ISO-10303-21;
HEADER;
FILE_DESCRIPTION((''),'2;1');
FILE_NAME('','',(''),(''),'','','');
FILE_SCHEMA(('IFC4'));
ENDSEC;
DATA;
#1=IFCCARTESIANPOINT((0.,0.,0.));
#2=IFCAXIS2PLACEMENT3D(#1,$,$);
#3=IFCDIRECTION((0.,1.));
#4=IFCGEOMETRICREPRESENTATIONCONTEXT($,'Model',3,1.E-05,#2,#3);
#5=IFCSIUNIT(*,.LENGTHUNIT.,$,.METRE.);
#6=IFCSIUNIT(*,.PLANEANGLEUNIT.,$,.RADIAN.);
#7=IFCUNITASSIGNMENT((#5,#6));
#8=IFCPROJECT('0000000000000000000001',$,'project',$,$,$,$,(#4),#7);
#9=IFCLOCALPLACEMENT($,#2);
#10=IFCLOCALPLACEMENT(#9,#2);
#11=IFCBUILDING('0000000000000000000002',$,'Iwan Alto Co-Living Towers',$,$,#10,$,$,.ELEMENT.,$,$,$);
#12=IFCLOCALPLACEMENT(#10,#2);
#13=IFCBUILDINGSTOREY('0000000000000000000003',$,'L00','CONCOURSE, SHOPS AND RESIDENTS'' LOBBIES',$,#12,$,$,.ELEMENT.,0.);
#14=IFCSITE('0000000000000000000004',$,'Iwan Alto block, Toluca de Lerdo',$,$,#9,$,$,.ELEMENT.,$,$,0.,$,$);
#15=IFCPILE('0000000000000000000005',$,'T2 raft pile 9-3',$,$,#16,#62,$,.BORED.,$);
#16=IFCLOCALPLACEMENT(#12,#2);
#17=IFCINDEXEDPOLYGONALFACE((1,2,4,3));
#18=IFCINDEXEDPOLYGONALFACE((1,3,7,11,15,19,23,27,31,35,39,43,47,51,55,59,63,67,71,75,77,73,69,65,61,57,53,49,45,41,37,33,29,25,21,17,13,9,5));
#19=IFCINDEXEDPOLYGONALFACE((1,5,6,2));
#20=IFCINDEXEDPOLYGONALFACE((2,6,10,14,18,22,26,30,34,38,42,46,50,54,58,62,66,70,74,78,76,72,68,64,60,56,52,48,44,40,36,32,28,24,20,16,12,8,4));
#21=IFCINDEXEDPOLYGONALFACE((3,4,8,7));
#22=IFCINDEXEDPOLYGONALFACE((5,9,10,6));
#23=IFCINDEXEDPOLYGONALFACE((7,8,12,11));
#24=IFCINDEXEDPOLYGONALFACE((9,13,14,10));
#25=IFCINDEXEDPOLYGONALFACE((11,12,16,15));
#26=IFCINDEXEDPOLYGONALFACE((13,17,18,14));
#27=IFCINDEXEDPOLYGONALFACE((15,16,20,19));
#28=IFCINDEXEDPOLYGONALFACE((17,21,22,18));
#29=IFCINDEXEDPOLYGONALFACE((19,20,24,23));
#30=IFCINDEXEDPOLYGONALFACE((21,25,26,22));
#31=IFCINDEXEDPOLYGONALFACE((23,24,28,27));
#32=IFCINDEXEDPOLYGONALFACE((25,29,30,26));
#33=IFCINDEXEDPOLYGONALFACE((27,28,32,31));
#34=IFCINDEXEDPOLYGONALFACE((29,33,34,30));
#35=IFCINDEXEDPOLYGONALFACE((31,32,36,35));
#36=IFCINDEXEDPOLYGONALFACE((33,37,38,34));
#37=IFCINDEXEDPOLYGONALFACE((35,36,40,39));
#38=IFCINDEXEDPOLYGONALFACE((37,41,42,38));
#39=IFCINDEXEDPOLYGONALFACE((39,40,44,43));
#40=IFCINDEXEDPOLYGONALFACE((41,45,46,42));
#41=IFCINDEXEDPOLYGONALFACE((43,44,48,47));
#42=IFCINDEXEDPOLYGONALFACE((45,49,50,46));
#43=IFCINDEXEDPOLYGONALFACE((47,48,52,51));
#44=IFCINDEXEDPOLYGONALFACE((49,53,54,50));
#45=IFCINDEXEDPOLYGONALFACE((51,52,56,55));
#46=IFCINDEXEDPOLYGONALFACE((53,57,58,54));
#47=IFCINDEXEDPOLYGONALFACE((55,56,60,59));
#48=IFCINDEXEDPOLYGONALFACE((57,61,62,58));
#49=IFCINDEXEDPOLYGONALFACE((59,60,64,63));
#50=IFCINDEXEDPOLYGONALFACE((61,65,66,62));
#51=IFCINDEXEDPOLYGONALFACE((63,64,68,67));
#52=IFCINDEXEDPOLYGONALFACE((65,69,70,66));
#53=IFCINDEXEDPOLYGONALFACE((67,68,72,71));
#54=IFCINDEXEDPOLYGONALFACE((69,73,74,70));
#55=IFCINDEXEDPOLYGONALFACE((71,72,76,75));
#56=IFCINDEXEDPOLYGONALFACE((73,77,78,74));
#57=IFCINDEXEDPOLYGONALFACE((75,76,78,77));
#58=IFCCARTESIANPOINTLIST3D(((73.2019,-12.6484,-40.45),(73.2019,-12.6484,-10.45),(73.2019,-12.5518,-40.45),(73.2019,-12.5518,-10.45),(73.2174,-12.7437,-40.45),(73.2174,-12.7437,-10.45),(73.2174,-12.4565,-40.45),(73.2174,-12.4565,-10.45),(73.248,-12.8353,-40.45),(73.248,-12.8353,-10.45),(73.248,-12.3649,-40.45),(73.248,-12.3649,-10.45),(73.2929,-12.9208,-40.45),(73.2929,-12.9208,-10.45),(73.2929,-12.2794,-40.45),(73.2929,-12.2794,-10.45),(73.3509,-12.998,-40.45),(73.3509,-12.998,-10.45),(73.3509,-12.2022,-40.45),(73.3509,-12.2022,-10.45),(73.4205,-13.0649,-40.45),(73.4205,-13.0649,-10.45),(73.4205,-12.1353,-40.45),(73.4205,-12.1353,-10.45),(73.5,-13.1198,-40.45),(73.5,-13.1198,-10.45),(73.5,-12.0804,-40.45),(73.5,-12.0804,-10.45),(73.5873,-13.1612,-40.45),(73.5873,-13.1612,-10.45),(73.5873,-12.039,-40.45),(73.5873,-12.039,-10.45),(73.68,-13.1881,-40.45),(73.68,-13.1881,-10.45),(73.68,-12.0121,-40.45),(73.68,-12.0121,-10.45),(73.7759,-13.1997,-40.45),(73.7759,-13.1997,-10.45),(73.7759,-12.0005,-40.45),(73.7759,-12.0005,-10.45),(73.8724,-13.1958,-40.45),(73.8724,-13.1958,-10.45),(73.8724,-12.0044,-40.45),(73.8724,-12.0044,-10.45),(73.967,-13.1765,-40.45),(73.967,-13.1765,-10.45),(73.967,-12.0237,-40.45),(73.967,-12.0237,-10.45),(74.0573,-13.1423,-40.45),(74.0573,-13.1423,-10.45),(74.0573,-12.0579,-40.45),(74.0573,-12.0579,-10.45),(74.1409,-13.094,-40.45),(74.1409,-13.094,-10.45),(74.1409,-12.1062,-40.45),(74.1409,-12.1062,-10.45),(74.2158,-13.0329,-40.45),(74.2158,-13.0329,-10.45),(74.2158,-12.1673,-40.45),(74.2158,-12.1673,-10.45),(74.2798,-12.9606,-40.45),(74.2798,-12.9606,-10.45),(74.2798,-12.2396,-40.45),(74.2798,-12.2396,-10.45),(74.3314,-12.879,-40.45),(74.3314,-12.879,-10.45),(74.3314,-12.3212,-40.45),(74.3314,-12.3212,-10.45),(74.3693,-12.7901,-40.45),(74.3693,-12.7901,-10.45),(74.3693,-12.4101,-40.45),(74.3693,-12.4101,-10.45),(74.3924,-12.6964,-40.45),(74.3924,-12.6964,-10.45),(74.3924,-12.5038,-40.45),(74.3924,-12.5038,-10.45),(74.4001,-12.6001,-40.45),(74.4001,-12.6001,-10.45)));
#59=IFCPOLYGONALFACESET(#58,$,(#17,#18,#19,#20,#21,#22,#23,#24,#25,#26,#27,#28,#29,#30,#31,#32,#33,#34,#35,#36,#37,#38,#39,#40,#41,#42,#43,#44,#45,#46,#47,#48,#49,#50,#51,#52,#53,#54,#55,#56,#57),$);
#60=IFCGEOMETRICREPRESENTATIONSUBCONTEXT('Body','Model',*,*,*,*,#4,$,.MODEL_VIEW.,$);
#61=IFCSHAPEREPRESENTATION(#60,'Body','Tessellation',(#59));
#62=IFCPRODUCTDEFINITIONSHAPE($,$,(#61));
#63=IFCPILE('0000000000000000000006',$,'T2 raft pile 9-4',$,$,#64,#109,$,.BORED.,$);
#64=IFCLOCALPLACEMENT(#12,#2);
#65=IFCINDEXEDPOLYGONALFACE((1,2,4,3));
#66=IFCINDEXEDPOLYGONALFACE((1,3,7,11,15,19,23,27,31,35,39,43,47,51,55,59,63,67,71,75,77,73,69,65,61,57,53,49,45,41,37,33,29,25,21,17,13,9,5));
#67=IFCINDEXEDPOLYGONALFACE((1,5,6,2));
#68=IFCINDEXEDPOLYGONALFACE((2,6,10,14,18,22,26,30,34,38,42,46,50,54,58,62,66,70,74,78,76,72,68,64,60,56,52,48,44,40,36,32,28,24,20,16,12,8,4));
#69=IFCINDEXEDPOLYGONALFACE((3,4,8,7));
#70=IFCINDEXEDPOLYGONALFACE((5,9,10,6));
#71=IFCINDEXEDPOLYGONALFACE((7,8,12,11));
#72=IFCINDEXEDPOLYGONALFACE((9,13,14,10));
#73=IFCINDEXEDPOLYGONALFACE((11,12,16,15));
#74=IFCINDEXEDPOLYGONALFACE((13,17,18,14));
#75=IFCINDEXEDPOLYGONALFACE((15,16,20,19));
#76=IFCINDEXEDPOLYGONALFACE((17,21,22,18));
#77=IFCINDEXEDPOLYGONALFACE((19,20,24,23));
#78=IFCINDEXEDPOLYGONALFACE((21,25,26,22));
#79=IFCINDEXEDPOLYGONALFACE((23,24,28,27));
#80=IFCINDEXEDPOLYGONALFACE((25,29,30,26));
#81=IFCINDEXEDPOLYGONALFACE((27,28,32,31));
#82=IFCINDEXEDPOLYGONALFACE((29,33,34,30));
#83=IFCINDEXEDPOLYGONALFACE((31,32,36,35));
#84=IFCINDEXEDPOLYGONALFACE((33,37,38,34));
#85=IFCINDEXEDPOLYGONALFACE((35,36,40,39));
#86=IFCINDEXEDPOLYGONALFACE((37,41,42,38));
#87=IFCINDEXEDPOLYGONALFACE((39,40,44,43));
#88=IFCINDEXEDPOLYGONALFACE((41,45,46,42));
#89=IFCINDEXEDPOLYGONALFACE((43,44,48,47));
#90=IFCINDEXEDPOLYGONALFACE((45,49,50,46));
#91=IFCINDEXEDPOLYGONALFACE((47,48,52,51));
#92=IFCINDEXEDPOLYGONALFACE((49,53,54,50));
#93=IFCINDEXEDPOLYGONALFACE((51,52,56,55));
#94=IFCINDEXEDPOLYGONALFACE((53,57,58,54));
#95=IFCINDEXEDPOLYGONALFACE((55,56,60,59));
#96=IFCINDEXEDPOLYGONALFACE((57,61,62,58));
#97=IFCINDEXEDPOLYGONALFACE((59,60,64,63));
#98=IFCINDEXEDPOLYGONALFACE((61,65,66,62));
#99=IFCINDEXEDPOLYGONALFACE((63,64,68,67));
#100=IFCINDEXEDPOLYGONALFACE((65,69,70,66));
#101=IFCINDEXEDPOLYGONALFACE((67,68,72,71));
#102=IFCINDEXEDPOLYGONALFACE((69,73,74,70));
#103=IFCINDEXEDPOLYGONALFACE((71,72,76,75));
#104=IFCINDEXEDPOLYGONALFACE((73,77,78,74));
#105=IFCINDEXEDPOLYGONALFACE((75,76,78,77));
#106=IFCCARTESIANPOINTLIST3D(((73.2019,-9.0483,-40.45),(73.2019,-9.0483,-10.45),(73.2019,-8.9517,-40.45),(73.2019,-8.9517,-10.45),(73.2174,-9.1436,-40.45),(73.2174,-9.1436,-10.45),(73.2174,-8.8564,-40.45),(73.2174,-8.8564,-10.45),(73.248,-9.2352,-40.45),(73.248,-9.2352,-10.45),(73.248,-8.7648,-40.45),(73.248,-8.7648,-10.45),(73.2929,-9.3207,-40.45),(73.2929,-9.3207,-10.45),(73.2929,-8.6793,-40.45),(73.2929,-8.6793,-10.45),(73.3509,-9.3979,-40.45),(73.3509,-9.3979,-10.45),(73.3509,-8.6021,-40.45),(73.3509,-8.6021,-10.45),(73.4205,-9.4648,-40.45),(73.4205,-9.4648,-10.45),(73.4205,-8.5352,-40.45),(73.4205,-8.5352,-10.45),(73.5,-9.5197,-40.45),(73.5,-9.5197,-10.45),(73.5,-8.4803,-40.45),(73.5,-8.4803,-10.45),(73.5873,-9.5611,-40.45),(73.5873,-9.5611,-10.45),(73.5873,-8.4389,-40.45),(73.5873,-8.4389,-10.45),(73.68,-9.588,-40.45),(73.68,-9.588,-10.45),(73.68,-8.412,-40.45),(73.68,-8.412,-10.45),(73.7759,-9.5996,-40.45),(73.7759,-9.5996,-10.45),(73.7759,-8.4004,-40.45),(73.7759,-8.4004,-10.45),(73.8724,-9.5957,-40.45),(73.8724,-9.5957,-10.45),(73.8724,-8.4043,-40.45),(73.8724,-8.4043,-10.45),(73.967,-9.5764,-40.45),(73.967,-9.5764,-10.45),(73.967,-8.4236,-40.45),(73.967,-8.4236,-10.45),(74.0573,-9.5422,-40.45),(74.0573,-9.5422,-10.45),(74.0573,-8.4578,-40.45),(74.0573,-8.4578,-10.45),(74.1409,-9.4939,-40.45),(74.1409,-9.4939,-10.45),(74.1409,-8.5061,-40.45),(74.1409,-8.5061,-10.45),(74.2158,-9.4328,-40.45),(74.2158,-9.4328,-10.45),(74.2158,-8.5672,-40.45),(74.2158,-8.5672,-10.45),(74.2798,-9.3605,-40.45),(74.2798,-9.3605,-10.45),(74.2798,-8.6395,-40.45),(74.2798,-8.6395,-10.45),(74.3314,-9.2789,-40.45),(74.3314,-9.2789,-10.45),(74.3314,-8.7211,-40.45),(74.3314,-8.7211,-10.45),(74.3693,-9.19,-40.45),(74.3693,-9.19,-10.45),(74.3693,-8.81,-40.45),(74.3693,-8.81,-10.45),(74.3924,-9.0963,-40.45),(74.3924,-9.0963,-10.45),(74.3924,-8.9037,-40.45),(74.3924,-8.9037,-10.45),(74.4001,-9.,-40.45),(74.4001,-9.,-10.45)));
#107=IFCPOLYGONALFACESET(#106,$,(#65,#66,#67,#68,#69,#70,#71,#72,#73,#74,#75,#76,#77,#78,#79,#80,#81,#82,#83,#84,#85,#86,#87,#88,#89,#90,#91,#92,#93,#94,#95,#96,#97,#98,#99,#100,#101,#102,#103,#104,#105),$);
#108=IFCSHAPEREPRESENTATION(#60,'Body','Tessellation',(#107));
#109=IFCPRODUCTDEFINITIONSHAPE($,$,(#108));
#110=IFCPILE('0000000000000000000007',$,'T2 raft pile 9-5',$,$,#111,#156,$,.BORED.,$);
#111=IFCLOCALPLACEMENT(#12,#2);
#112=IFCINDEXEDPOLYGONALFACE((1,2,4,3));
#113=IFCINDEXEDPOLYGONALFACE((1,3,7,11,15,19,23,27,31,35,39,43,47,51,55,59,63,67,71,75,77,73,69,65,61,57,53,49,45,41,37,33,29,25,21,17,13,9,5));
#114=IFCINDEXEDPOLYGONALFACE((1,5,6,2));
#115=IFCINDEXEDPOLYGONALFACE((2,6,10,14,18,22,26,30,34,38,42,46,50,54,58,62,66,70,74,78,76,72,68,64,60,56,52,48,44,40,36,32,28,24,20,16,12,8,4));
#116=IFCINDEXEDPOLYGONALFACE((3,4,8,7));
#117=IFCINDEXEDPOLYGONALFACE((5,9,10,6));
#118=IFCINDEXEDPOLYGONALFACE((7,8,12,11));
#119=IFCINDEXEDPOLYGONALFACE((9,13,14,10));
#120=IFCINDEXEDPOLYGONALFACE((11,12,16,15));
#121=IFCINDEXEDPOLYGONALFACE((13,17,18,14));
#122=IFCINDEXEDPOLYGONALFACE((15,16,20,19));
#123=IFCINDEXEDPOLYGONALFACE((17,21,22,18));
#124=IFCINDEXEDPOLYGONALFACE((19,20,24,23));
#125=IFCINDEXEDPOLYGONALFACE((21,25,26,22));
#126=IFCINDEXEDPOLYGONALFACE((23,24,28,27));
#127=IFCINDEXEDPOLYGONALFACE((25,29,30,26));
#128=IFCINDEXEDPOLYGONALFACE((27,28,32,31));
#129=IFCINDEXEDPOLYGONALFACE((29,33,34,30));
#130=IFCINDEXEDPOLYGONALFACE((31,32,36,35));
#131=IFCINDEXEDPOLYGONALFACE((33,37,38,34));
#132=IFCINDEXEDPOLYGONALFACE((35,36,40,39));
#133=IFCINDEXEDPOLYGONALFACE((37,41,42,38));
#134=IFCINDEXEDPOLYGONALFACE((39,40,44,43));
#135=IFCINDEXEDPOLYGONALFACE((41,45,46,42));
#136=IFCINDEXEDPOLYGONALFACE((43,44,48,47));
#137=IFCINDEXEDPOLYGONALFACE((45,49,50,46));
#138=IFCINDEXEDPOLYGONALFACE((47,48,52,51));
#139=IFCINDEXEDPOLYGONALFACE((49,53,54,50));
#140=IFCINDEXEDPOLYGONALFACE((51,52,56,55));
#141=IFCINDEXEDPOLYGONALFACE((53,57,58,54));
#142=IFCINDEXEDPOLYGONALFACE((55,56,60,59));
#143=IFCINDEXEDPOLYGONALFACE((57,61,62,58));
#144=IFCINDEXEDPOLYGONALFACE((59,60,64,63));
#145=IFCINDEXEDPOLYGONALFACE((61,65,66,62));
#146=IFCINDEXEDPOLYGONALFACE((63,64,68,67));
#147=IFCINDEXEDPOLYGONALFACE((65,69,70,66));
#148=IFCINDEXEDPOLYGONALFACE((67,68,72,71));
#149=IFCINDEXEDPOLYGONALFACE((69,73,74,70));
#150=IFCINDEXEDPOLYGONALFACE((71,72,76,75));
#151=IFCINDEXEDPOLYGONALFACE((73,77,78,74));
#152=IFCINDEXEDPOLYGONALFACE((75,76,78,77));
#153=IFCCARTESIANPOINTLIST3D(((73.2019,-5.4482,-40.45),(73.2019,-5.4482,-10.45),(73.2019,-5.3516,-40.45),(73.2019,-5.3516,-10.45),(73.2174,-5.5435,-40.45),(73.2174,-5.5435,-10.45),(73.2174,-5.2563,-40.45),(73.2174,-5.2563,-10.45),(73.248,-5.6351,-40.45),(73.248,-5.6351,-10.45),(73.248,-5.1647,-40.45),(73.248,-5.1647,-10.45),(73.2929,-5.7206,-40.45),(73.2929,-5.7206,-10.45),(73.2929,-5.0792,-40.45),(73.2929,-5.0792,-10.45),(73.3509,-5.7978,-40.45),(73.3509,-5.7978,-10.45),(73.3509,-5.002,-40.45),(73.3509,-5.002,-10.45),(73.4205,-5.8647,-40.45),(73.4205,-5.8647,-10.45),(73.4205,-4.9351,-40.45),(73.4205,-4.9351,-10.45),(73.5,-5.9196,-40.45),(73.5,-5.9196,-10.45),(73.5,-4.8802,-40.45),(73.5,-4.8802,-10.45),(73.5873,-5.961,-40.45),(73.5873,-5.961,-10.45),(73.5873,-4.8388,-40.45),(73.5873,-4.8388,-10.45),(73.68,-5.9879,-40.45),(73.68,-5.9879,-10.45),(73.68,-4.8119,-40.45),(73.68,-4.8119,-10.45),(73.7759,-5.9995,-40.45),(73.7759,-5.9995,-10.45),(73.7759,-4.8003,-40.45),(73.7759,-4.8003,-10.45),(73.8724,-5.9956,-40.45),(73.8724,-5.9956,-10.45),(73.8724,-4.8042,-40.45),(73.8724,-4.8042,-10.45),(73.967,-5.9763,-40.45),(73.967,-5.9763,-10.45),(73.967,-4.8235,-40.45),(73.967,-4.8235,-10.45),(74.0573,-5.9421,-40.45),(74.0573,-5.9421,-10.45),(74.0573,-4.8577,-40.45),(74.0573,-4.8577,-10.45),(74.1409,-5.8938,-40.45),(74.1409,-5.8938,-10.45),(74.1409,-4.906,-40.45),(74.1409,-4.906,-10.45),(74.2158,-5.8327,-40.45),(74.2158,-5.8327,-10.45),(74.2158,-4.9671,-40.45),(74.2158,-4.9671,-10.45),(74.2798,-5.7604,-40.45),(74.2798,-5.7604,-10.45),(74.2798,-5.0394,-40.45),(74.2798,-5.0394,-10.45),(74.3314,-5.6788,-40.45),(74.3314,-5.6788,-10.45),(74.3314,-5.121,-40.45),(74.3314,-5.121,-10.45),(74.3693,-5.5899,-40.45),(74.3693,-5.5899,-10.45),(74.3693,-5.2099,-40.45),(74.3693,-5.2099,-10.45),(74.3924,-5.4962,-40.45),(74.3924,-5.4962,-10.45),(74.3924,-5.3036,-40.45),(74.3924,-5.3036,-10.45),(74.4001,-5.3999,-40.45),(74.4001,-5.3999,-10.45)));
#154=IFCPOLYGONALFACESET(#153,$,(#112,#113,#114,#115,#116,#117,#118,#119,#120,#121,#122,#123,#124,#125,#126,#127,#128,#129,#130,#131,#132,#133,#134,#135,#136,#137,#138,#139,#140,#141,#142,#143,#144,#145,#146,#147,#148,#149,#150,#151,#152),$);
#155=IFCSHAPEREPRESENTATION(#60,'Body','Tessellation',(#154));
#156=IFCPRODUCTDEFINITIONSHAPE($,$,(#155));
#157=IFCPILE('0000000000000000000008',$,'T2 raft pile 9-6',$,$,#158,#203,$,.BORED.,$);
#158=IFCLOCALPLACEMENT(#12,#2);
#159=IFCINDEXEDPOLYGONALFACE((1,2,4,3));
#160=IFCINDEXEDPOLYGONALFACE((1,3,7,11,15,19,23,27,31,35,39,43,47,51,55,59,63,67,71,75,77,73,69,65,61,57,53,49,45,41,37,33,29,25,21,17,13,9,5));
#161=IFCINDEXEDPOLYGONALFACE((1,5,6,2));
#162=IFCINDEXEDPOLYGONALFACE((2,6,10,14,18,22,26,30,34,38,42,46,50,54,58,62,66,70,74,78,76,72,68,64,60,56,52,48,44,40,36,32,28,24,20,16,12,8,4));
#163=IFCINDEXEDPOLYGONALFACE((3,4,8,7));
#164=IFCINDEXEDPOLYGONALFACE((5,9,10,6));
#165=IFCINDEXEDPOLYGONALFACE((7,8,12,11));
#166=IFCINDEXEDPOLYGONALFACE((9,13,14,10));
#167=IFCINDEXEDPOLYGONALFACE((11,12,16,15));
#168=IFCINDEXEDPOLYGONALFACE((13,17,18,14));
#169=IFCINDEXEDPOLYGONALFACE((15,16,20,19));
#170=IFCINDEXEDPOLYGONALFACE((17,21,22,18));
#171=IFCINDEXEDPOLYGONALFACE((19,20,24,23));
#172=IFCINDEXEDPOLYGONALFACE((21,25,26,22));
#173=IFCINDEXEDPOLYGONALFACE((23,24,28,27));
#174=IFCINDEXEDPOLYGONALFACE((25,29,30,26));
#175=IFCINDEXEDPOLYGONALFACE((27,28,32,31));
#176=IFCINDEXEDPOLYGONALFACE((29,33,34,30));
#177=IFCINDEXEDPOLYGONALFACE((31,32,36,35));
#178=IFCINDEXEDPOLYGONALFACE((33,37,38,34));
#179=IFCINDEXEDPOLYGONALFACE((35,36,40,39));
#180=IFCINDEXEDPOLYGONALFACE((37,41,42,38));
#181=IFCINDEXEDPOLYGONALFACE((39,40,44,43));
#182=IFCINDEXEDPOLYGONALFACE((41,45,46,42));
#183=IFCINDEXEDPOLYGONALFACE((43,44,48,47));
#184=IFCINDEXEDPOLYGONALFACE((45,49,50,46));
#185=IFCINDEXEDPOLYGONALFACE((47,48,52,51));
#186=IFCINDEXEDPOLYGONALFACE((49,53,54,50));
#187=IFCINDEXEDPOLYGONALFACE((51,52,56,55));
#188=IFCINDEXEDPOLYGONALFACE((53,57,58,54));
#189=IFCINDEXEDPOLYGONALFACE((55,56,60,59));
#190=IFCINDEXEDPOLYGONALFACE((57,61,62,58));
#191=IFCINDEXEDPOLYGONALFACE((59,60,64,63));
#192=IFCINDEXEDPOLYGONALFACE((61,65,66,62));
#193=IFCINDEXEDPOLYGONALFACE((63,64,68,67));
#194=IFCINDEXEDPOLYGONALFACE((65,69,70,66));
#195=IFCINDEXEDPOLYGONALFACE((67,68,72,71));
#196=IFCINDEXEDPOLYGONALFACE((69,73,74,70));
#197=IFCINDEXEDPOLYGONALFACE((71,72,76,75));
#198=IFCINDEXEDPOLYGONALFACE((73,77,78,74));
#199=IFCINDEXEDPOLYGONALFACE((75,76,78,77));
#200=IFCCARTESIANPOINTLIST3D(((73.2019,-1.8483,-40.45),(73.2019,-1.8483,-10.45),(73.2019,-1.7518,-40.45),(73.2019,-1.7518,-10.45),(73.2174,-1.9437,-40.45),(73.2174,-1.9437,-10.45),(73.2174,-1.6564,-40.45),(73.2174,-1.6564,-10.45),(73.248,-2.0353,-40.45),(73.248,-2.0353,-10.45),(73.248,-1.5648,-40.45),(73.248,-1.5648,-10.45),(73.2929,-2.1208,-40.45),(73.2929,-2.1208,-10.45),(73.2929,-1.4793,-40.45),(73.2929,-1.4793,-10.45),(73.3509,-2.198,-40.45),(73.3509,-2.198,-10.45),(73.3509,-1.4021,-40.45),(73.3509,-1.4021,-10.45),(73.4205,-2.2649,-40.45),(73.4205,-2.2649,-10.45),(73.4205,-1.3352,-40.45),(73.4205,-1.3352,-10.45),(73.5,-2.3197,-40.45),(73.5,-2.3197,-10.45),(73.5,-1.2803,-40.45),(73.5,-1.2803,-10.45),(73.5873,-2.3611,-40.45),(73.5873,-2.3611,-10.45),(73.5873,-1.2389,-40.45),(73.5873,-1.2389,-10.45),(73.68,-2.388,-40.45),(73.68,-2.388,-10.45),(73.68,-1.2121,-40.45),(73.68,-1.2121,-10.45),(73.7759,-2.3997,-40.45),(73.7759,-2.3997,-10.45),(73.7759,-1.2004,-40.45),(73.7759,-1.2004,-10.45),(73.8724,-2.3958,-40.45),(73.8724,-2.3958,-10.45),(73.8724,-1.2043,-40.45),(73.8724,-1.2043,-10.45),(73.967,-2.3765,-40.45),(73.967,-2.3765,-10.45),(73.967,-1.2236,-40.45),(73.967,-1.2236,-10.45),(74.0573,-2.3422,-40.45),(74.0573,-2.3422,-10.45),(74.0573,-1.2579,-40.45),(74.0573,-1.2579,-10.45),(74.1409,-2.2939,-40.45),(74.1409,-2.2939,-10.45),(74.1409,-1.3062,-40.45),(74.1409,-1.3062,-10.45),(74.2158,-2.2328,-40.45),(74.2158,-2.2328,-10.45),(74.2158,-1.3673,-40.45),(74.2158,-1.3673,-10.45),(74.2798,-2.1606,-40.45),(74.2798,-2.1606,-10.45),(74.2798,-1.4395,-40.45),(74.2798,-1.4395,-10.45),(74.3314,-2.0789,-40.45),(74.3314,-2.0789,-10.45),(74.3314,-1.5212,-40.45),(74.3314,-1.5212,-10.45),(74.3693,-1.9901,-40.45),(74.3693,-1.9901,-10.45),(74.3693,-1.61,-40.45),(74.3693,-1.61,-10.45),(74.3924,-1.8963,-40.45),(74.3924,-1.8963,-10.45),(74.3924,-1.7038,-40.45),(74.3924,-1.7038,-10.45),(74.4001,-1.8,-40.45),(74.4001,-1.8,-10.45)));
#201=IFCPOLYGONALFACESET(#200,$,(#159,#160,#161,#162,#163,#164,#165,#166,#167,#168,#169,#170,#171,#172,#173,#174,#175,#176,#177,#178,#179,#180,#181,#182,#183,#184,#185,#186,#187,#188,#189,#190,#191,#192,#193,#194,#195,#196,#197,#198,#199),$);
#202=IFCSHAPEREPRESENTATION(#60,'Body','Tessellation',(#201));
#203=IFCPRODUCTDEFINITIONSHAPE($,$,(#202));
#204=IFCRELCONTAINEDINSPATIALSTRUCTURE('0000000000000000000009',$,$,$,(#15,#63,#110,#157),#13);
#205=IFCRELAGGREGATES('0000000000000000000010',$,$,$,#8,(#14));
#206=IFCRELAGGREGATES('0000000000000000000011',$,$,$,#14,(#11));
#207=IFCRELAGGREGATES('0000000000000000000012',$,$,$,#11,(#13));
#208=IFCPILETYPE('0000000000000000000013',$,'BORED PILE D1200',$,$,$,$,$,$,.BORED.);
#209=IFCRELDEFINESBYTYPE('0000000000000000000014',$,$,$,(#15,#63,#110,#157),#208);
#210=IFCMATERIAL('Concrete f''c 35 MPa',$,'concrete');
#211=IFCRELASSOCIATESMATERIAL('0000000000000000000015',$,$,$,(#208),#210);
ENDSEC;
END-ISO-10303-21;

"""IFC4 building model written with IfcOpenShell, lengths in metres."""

from ifc_helpers import new_model, si_unit, direction, frame, origin, origin_2d, place, context, subcontext, project, spatial, circle, extrude, material, material_profile, profile_set, type_object, element, save


model = new_model("IFC4")

# Units and contexts
model_context = context("Model", 3, precision=1e-05, world=origin(), true_north=direction((0.0, 1.0)))
body_context = subcontext(model_context, "Body", "Model", "MODEL_VIEW")
ifc_project = project(units=[si_unit("LENGTHUNIT", "METRE"), si_unit("PLANEANGLEUNIT", "RADIAN")], contexts=[model_context])

# Site, building, storey
site_placement = place(None, origin())
site = spatial("IfcSite", under=ifc_project, at=site_placement, Name="Iwan Alto block, Toluca de Lerdo", CompositionType="ELEMENT", RefElevation=0.0)
building_placement = place(site_placement, origin())
building = spatial("IfcBuilding", under=site, at=building_placement, Name="Iwan Alto Co-Living Towers", CompositionType="ELEMENT")
storey_placement = place(building_placement, origin())
storey = spatial("IfcBuildingStorey", under=building, at=storey_placement, Name="L00", Description="CONCOURSE, SHOPS AND RESIDENTS' LOBBIES", CompositionType="ELEMENT", Elevation=0.0)

# Piles
ifc_material_1 = material(Name="Concrete f'c 35 MPa", Category="concrete")
ifc_material_profile = material_profile(ifc_material_1, circle(Radius=0.6001, at=origin_2d()), Name="D1200")
ifc_profile_set = profile_set([ifc_material_profile], Name="Concrete f'c 35 MPa")
pile_type = type_object("IfcPileType", Name="BORED PILE D1200", PredefinedType="BORED", material=ifc_profile_set)
for number, where, z_axis, x_axis, name in (
    (1, (73.8, -12.6001, -10.45), (0.0, 0.0, -1.0), (1.0, 0.0, 0.0), "T2 raft pile 9-3"),
    (2, (73.8, -9.0, -10.45), (0.0, 0.0, -1.0), (1.0, 0.0, 0.0), "T2 raft pile 9-4"),
    (3, (73.8, -5.3999, -10.45), (0.0, 0.0, -1.0), (1.0, 0.0, 0.0), "T2 raft pile 9-5"),
    (4, (73.8, -1.8, -10.45), (0.0, 0.0, -1.0), (1.0, 0.0, 0.0), "T2 raft pile 9-6"),
):
    element("IfcPile", number, at=place(storey_placement, frame(where, z_axis=z_axis, x_axis=x_axis)), inside=storey, type_object=pile_type, Name=name, PredefinedType="BORED", context=body_context, shape_type="SweptSolid", body=[
        extrude(circle(Radius=0.6001, at=origin_2d()), origin(), (0.0, 0.0, 1.0), 30.0),
    ])

save(model, "model.ifc")
